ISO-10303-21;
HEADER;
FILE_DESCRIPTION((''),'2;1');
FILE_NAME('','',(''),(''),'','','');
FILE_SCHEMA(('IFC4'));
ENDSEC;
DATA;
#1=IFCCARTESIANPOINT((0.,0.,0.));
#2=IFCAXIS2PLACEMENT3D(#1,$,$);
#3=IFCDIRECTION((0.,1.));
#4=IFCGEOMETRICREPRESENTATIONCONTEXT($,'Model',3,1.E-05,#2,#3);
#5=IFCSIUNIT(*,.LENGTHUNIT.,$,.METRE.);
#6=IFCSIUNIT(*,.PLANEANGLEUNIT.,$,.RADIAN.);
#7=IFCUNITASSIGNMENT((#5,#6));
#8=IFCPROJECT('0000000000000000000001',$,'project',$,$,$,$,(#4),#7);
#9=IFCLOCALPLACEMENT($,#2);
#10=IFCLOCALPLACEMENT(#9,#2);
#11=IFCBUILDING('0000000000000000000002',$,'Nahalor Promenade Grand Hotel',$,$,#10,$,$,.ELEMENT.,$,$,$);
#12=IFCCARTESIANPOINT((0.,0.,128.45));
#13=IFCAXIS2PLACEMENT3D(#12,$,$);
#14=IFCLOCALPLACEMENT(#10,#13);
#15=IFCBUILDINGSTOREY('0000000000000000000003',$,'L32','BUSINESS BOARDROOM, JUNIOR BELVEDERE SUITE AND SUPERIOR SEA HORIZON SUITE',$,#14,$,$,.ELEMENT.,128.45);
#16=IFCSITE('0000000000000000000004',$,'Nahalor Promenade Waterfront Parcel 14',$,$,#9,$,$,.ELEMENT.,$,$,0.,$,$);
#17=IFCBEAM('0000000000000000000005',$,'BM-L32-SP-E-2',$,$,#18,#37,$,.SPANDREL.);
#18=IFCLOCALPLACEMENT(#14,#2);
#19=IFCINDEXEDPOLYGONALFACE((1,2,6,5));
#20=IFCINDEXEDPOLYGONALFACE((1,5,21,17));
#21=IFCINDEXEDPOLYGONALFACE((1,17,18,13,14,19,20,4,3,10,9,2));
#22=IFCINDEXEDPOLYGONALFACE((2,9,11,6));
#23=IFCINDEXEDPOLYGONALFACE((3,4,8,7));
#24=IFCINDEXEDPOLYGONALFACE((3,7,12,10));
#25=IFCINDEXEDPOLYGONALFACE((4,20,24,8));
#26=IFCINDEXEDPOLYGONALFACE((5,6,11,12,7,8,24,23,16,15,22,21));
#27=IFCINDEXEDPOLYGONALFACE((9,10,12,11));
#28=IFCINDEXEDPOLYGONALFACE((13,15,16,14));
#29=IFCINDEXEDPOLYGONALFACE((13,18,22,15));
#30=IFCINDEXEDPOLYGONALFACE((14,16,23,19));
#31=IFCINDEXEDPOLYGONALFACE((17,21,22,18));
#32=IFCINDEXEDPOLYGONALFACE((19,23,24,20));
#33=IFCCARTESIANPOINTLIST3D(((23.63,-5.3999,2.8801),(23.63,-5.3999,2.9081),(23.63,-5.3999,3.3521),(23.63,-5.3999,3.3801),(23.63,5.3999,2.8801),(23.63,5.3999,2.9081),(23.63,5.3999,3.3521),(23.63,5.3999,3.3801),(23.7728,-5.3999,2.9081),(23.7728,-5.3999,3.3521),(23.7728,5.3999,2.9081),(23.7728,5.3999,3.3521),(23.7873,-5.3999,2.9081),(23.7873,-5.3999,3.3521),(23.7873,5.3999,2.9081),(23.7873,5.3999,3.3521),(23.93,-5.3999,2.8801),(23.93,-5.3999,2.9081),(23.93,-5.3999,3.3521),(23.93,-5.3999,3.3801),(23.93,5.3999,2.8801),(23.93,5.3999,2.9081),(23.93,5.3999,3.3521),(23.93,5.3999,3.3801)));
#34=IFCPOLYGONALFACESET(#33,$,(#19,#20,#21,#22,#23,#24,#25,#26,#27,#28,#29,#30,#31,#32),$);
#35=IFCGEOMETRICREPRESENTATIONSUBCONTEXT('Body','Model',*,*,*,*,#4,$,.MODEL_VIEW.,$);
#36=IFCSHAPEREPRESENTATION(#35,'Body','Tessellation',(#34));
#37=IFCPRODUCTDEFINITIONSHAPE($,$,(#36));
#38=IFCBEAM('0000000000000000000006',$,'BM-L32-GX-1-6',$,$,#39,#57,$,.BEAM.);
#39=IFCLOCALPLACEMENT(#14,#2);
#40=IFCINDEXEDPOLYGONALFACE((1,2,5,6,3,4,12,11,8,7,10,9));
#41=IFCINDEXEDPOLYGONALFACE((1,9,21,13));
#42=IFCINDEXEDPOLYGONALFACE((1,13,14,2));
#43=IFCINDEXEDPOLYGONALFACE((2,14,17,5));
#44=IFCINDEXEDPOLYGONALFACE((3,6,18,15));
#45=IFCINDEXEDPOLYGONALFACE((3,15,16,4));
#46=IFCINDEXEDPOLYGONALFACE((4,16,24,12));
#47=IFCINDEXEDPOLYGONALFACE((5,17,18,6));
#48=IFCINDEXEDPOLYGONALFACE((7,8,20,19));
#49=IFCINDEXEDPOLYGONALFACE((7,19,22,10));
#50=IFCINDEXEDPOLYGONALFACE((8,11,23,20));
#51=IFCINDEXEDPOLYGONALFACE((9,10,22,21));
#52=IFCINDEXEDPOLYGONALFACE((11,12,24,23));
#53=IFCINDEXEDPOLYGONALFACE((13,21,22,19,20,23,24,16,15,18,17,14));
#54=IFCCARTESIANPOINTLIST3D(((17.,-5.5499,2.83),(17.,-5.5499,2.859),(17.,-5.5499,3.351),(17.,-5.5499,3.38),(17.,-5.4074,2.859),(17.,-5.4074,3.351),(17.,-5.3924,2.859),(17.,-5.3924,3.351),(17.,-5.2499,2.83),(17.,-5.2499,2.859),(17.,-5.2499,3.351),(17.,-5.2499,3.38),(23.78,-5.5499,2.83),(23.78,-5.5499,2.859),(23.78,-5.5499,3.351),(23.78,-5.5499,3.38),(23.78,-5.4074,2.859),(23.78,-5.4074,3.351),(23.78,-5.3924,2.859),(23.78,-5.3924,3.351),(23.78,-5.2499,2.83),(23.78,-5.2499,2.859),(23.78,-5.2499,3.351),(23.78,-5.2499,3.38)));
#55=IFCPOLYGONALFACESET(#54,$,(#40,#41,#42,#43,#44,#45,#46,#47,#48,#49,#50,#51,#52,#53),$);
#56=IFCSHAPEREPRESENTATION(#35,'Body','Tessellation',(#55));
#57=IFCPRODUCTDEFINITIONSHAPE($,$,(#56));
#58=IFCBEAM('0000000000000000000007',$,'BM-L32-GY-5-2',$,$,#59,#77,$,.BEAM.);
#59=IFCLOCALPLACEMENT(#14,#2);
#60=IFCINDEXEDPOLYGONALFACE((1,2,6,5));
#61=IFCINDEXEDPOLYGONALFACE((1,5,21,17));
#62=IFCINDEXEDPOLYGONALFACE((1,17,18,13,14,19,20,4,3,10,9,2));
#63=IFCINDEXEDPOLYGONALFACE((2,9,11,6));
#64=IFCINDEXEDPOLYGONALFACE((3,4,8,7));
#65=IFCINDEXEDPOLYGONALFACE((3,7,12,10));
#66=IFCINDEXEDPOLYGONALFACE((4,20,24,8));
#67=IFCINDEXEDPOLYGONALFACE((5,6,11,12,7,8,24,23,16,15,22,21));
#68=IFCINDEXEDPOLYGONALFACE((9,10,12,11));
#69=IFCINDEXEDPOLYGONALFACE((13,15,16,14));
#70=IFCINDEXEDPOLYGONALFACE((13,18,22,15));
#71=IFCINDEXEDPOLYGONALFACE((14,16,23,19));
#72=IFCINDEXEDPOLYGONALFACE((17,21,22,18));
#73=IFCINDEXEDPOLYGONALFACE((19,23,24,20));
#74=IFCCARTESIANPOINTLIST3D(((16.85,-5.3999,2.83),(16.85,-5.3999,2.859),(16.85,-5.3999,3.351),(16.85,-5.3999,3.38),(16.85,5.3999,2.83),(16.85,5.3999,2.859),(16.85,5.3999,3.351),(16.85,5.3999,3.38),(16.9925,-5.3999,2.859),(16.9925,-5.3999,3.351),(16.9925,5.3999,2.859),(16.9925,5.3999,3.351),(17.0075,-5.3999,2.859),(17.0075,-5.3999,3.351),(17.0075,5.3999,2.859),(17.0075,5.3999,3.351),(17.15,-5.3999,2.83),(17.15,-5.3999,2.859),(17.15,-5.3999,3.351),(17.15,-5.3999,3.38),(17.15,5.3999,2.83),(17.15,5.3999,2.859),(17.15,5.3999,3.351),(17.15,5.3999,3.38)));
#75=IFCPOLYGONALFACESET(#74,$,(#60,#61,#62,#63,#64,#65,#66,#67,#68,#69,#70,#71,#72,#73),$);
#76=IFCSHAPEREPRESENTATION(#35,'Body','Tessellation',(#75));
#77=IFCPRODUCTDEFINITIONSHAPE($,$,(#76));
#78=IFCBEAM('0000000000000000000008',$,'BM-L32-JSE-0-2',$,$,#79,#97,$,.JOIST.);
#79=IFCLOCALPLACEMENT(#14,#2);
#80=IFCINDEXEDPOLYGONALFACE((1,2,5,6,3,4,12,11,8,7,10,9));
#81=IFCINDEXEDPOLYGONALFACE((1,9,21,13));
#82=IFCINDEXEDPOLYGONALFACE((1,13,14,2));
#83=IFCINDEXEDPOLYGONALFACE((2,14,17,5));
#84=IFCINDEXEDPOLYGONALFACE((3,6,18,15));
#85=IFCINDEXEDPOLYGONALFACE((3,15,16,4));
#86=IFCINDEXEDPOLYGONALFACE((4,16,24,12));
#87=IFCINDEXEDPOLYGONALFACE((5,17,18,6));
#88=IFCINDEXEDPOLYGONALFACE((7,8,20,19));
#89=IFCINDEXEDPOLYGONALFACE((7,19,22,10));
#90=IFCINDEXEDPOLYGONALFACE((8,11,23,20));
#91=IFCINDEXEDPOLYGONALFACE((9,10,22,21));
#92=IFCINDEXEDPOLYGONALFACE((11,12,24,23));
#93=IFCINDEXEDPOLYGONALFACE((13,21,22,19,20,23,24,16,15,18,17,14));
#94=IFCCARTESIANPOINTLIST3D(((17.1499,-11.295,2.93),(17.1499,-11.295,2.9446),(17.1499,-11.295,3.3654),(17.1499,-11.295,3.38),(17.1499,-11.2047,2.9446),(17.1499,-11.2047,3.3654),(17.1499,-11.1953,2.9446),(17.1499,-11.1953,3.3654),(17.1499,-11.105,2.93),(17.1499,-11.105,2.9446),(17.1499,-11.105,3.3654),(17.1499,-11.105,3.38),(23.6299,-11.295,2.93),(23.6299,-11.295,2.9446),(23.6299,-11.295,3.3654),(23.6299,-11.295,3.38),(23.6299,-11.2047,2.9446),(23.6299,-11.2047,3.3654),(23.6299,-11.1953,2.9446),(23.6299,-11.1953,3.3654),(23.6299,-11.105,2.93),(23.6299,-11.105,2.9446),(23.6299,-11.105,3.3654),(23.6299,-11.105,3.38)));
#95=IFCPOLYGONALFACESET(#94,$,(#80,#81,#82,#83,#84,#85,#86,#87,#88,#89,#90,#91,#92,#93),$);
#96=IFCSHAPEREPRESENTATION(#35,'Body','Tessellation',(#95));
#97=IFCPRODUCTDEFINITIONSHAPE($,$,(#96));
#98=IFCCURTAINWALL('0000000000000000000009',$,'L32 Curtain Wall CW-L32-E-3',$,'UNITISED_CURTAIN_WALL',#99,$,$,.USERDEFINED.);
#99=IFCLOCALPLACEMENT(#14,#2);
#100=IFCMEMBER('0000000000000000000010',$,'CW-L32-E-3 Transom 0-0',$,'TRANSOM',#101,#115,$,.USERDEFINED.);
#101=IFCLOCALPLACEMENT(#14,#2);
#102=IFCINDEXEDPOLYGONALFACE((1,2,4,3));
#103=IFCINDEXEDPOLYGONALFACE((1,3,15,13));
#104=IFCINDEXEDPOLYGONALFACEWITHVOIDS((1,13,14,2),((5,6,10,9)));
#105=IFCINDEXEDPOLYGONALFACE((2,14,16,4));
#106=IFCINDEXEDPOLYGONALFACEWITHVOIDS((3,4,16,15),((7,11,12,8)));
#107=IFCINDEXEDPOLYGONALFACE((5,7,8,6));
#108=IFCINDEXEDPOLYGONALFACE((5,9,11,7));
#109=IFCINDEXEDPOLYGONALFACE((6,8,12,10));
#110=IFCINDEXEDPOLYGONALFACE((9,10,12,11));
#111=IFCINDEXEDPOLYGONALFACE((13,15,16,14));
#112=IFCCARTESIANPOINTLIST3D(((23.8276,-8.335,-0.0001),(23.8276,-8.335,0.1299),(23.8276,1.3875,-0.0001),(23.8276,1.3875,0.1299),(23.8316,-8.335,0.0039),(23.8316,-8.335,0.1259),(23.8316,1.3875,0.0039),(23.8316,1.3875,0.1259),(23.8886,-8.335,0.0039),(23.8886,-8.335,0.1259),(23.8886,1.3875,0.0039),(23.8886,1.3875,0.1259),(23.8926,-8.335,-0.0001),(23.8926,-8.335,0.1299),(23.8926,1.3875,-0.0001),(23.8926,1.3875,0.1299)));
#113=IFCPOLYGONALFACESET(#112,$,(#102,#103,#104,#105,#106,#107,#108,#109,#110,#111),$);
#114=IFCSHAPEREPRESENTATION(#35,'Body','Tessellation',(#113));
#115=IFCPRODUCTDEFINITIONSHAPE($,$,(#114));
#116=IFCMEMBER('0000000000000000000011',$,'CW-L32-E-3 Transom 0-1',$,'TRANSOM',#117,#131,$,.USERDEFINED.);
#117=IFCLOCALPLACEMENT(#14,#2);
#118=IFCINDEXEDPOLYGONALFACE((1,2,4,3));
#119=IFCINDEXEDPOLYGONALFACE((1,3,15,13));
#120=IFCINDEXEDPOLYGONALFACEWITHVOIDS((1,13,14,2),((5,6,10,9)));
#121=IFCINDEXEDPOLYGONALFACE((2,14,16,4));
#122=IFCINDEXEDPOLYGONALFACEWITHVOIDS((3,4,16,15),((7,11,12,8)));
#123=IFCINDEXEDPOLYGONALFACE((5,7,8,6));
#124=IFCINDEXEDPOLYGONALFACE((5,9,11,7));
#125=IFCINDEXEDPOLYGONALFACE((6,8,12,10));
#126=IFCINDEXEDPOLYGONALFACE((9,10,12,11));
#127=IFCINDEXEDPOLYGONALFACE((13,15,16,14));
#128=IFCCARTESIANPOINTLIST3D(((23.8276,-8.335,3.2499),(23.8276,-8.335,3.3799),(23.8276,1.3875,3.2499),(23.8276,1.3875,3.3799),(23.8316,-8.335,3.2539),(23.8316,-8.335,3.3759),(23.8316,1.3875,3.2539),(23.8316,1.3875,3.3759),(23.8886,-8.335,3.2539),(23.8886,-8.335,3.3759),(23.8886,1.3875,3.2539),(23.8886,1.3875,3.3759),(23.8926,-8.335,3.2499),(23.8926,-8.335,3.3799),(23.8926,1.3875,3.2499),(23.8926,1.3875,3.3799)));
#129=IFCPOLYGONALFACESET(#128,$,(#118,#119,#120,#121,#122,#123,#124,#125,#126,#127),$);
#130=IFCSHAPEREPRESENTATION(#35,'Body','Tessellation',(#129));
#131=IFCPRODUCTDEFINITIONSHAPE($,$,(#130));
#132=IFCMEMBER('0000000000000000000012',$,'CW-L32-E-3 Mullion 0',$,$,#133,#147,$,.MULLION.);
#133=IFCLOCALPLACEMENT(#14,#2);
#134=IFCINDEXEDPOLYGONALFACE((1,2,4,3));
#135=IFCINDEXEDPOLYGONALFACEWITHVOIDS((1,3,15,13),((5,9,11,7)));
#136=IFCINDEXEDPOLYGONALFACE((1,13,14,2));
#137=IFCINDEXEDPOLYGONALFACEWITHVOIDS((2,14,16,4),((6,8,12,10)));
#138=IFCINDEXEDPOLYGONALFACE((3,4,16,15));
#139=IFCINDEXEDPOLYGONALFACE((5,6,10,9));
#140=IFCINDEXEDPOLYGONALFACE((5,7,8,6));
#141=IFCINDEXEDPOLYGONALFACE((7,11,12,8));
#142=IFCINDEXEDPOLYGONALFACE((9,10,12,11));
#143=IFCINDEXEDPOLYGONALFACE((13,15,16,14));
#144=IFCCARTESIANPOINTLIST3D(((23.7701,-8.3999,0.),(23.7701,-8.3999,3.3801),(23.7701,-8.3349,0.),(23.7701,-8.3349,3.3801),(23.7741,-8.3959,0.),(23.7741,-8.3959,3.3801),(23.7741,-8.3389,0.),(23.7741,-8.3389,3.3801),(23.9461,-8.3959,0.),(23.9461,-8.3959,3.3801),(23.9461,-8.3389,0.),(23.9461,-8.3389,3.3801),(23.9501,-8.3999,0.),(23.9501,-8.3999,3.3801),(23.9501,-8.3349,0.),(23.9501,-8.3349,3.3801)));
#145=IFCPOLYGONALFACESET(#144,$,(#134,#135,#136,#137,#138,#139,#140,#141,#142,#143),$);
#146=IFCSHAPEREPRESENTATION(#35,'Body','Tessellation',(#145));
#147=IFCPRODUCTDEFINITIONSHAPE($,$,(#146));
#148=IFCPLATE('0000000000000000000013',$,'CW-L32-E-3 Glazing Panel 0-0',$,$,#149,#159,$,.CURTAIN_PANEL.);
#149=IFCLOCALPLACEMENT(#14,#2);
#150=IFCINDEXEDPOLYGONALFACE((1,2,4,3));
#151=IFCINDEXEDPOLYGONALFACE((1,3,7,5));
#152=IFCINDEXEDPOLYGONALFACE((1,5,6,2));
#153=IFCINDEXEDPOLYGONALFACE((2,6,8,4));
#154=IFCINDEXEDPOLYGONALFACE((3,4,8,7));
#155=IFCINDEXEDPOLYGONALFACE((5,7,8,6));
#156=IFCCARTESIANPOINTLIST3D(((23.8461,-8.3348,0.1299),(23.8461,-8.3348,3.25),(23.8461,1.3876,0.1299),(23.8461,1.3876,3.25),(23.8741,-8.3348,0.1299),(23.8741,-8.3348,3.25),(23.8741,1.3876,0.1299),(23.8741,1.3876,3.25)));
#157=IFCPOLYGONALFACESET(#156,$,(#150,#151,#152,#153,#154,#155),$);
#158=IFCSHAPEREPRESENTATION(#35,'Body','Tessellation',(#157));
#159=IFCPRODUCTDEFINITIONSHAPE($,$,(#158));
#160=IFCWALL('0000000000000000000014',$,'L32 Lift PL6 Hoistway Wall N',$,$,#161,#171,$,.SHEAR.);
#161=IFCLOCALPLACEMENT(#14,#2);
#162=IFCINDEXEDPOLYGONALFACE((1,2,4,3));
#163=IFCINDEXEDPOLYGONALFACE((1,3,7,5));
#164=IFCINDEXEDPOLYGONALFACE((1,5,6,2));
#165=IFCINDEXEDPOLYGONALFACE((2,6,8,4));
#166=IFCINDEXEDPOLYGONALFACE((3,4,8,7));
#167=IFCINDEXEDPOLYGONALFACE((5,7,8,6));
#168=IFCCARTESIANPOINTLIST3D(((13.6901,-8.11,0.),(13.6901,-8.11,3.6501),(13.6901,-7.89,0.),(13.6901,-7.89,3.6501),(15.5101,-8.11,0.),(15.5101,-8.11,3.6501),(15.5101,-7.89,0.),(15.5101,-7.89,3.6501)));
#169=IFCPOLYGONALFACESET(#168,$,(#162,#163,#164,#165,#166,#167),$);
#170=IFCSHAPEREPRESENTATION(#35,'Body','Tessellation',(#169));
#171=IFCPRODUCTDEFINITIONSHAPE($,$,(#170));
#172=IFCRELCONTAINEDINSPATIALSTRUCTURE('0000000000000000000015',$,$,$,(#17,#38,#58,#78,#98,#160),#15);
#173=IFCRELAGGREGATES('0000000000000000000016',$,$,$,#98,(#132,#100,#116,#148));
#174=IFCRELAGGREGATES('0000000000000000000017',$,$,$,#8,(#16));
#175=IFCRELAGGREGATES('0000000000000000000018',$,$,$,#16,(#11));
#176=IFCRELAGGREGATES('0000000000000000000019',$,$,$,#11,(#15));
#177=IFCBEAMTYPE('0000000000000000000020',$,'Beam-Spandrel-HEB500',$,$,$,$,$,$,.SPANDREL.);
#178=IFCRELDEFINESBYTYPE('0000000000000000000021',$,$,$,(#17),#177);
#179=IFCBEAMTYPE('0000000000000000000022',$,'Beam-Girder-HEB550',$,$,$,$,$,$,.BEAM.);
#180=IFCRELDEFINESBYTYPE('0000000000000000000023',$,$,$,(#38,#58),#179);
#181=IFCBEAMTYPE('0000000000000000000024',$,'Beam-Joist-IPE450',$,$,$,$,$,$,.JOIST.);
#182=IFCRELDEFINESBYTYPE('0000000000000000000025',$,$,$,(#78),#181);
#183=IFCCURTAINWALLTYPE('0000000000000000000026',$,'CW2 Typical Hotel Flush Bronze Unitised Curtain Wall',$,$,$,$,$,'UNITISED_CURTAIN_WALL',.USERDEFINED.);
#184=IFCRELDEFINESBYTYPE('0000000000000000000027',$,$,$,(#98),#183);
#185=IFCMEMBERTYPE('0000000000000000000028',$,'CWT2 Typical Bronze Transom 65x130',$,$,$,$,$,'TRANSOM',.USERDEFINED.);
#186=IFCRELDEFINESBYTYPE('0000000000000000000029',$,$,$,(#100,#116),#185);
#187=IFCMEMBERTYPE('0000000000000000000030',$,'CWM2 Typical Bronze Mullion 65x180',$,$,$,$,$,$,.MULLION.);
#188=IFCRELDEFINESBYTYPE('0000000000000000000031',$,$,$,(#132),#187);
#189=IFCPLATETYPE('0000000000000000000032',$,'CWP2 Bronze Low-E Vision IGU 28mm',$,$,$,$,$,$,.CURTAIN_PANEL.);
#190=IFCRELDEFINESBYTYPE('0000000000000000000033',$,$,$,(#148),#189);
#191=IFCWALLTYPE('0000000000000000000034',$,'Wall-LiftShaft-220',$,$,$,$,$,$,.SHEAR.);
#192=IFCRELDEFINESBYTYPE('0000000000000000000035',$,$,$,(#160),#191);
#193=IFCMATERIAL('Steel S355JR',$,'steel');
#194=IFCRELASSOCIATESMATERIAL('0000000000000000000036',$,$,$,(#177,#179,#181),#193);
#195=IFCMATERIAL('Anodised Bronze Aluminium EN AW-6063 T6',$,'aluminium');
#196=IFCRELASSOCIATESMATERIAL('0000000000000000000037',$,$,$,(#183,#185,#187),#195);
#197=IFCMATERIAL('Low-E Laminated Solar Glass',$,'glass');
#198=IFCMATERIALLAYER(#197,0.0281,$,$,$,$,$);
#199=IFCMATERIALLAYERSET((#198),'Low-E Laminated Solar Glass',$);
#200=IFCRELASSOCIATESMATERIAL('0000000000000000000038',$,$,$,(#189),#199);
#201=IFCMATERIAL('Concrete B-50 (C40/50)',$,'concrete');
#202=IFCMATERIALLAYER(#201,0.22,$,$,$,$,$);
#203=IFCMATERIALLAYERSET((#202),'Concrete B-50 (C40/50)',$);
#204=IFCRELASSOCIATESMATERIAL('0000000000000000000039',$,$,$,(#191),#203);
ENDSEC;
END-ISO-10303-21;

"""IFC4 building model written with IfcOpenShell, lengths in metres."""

from ifc_helpers import new_model, si_unit, direction, frame, frame_2d, origin, origin_2d, place, context, subcontext, project, spatial, rectangle, hollow_rectangle, i_section, extrude, source, transform, mapped, material, layer, layer_set, material_profile, profile_set, type_object, element, aggregate, save


model = new_model("IFC4")

# Units and contexts
model_context = context("Model", 3, precision=1e-05, world=origin(), true_north=direction((0.0, 1.0)))
body_context = subcontext(model_context, "Body", "Model", "MODEL_VIEW")
ifc_project = project(units=[si_unit("LENGTHUNIT", "METRE"), si_unit("PLANEANGLEUNIT", "RADIAN")], contexts=[model_context])

# Site, building, storey
site_placement = place(None, origin())
site = spatial("IfcSite", under=ifc_project, at=site_placement, Name="Nahalor Promenade Waterfront Parcel 14", CompositionType="ELEMENT", RefElevation=0.0)
building_placement = place(site_placement, origin())
building = spatial("IfcBuilding", under=site, at=building_placement, Name="Nahalor Promenade Grand Hotel", CompositionType="ELEMENT")
storey_placement = place(building_placement, frame((0.0, 0.0, 128.45)))
storey = spatial("IfcBuildingStorey", under=building, at=storey_placement, Name="L32", Description="BUSINESS BOARDROOM, JUNIOR BELVEDERE SUITE AND SUPERIOR SEA HORIZON SUITE", CompositionType="ELEMENT", Elevation=128.45)

# Beams
ifc_material_1 = material(Name="Steel S355JR", Category="steel")
ifc_material_profile_1 = material_profile(ifc_material_1, i_section(OverallWidth=0.3, OverallDepth=0.5, WebThickness=0.0145, FlangeThickness=0.028, at=origin_2d()), Name="HEB 500")
ifc_profile_set_1 = profile_set([ifc_material_profile_1], Name="Steel S355JR")
beam_type_1 = type_object("IfcBeamType", Name="Beam-Spandrel-HEB500", PredefinedType="SPANDREL", material=ifc_profile_set_1)
shared_shape_1 = source(origin(), body_context, "Body", "SweptSolid", [
    extrude(i_section(OverallWidth=0.3, OverallDepth=0.5, WebThickness=0.0145, FlangeThickness=0.028, at=origin_2d()), origin(), (0.0, 0.0, 1.0), 10.7998),
])
beam_1_placement = place(storey_placement, frame((23.78, -5.3999, 3.1301), z_axis=(0.0, 1.0, 0.0), x_axis=(-1.0, 0.0, 0.0)))
element("IfcBeam", 1, at=beam_1_placement, inside=storey, type_object=beam_type_1, Name="BM-L32-SP-E-2", PredefinedType="SPANDREL", context=body_context, shape_type="MappedRepresentation", body=[
    mapped(shared_shape_1, transform((0.0, 0.0, 0.0), scale=1.0)),
])
ifc_material_profile_2 = material_profile(ifc_material_1, i_section(OverallWidth=0.3, OverallDepth=0.55, WebThickness=0.015, FlangeThickness=0.029, at=origin_2d()), Name="HEB 550")
ifc_profile_set_2 = profile_set([ifc_material_profile_2], Name="Steel S355JR")
beam_type_2 = type_object("IfcBeamType", Name="Beam-Girder-HEB550", PredefinedType="BEAM", material=ifc_profile_set_2)
shared_shape_2 = source(origin(), body_context, "Body", "SweptSolid", [
    extrude(i_section(OverallWidth=0.3, OverallDepth=0.55, WebThickness=0.015, FlangeThickness=0.029, at=origin_2d()), origin(), (0.0, 0.0, 1.0), 6.78),
])
beam_2_placement = place(storey_placement, frame((17.0, -5.3999, 3.105), z_axis=(1.0, 0.0, 0.0), x_axis=(0.0, 1.0, 0.0)))
element("IfcBeam", 2, at=beam_2_placement, inside=storey, type_object=beam_type_2, Name="BM-L32-GX-1-6", PredefinedType="BEAM", context=body_context, shape_type="MappedRepresentation", body=[
    mapped(shared_shape_2, transform((0.0, 0.0, 0.0), scale=1.0)),
])
shared_shape_3 = source(origin(), body_context, "Body", "SweptSolid", [
    extrude(i_section(OverallWidth=0.3, OverallDepth=0.55, WebThickness=0.015, FlangeThickness=0.029, at=origin_2d()), origin(), (0.0, 0.0, 1.0), 10.7998),
])
beam_3_placement = place(storey_placement, frame((17.0, -5.3999, 3.105), z_axis=(0.0, 1.0, 0.0), x_axis=(-1.0, 0.0, 0.0)))
element("IfcBeam", 3, at=beam_3_placement, inside=storey, type_object=beam_type_2, Name="BM-L32-GY-5-2", PredefinedType="BEAM", context=body_context, shape_type="MappedRepresentation", body=[
    mapped(shared_shape_3, transform((0.0, 0.0, 0.0), scale=1.0)),
])
ifc_material_profile_3 = material_profile(ifc_material_1, i_section(OverallWidth=0.19, OverallDepth=0.45, WebThickness=0.0094, FlangeThickness=0.0146, at=origin_2d()), Name="IPE 450")
ifc_profile_set_3 = profile_set([ifc_material_profile_3], Name="Steel S355JR")
beam_type_3 = type_object("IfcBeamType", Name="Beam-Joist-IPE450", PredefinedType="JOIST", material=ifc_profile_set_3)
shared_shape_4 = source(origin(), body_context, "Body", "SweptSolid", [
    extrude(i_section(OverallWidth=0.19, OverallDepth=0.45, WebThickness=0.0094, FlangeThickness=0.0146, at=origin_2d()), origin(), (0.0, 0.0, 1.0), 6.48),
])
beam_4_placement = place(storey_placement, frame((17.1499, -11.2, 3.155), z_axis=(1.0, 0.0, 0.0), x_axis=(0.0, 1.0, 0.0)))
element("IfcBeam", 4, at=beam_4_placement, inside=storey, type_object=beam_type_3, Name="BM-L32-JSE-0-2", PredefinedType="JOIST", context=body_context, shape_type="MappedRepresentation", body=[
    mapped(shared_shape_4, transform((0.0, 0.0, 0.0), scale=1.0)),
])

# Curtain wall, members, plate
ifc_material_2 = material(Name="Anodised Bronze Aluminium EN AW-6063 T6", Category="aluminium")
curtain_wall_type = type_object("IfcCurtainWallType", Name="CW2 Typical Hotel Flush Bronze Unitised Curtain Wall", ElementType="UNITISED_CURTAIN_WALL", PredefinedType="USERDEFINED", material=ifc_material_2)
curtain_wall_placement = place(storey_placement, origin())
curtain_wall = element("IfcCurtainWall", 5, at=curtain_wall_placement, inside=storey, type_object=curtain_wall_type, Name="L32 Curtain Wall CW-L32-E-3", ObjectType="UNITISED_CURTAIN_WALL", PredefinedType="USERDEFINED")
ifc_material_profile_4 = material_profile(ifc_material_2, hollow_rectangle(XDim=0.065, YDim=0.13, WallThickness=0.004, at=origin_2d()), Name="CWT 65x130x4")
ifc_profile_set_4 = profile_set([ifc_material_profile_4], Name="Anodised Bronze Aluminium EN AW-6063 T6")
member_type_1 = type_object("IfcMemberType", Name="CWT2 Typical Bronze Transom 65x130", ElementType="TRANSOM", PredefinedType="USERDEFINED", material=ifc_profile_set_4)
shared_shape_5 = source(origin(), body_context, "Body", "SweptSolid", [
    extrude(hollow_rectangle(XDim=0.065, YDim=0.13, WallThickness=0.004, at=origin_2d()), origin(), (0.0, 0.0, 1.0), 9.7224),
])
member_1_placement = place(storey_placement, frame((23.8601, -8.335, 0.0649), z_axis=(0.0, 1.0, 0.0), x_axis=(-1.0, 0.0, 0.0)))
member_1 = element("IfcMember", 6, at=member_1_placement, type_object=member_type_1, Name="CW-L32-E-3 Transom 0-0", ObjectType="TRANSOM", PredefinedType="USERDEFINED", context=body_context, shape_type="MappedRepresentation", body=[
    mapped(shared_shape_5, transform((0.0, 0.0, 0.0), scale=1.0)),
])
member_2_placement = place(storey_placement, frame((23.8601, -8.335, 3.3149), z_axis=(0.0, 1.0, 0.0), x_axis=(-1.0, 0.0, 0.0)))
member_2 = element("IfcMember", 7, at=member_2_placement, type_object=member_type_1, Name="CW-L32-E-3 Transom 0-1", ObjectType="TRANSOM", PredefinedType="USERDEFINED", context=body_context, shape_type="MappedRepresentation", body=[
    mapped(shared_shape_5, transform((0.0, 0.0, 0.0), scale=1.0)),
])
ifc_material_profile_5 = material_profile(ifc_material_2, hollow_rectangle(XDim=0.065, YDim=0.18, WallThickness=0.004, at=origin_2d()), Name="CWM 65x180x4")
ifc_profile_set_5 = profile_set([ifc_material_profile_5], Name="Anodised Bronze Aluminium EN AW-6063 T6")
member_type_2 = type_object("IfcMemberType", Name="CWM2 Typical Bronze Mullion 65x180", PredefinedType="MULLION", material=ifc_profile_set_5)
shared_shape_6 = source(origin(), body_context, "Body", "SweptSolid", [
    extrude(hollow_rectangle(XDim=0.065, YDim=0.18, WallThickness=0.004, at=origin_2d()), origin(), (0.0, 0.0, 1.0), 3.3801),
])
member_3_placement = place(storey_placement, frame((23.8601, -8.3674, 0.0), z_axis=(0.0, 0.0, 1.0), x_axis=(0.0, 1.0, 0.0)))
member_3 = element("IfcMember", 8, at=member_3_placement, type_object=member_type_2, Name="CW-L32-E-3 Mullion 0", PredefinedType="MULLION", context=body_context, shape_type="MappedRepresentation", body=[
    mapped(shared_shape_6, transform((0.0, 0.0, 0.0), scale=1.0)),
])
ifc_material_3 = material(Name="Low-E Laminated Solar Glass", Category="glass")
ifc_layer_1 = layer(ifc_material_3, 0.0281)
ifc_layer_set_1 = layer_set([ifc_layer_1], Name="Low-E Laminated Solar Glass")
plate_type = type_object("IfcPlateType", Name="CWP2 Bronze Low-E Vision IGU 28mm", PredefinedType="CURTAIN_PANEL", material=ifc_layer_set_1)
shared_shape_7 = source(origin(), body_context, "Body", "SweptSolid", [
    extrude(rectangle(XDim=9.7224, YDim=0.0281, at=origin_2d()), origin(), (0.0, 0.0, 1.0), 3.1201),
])
plate_placement = place(storey_placement, frame((23.8601, -3.4736, 0.1299), z_axis=(0.0, 0.0, 1.0), x_axis=(0.0, 1.0, 0.0)))
plate = element("IfcPlate", 9, at=plate_placement, type_object=plate_type, Name="CW-L32-E-3 Glazing Panel 0-0", PredefinedType="CURTAIN_PANEL", context=body_context, shape_type="MappedRepresentation", body=[
    mapped(shared_shape_7, transform((0.0, 0.0, 0.0), scale=1.0)),
])
aggregate(curtain_wall, [member_3, member_1, member_2, plate])

# Wall
ifc_material_4 = material(Name="Concrete B-50 (C40/50)", Category="concrete")
ifc_layer_2 = layer(ifc_material_4, 0.22)
ifc_layer_set_2 = layer_set([ifc_layer_2], Name="Concrete B-50 (C40/50)")
wall_type_1 = type_object("IfcWallType", Name="Wall-LiftShaft-220", PredefinedType="SHEAR", material=ifc_layer_set_2)
shared_shape_8 = source(origin(), body_context, "Body", "SweptSolid", [
    extrude(rectangle(XDim=1.8201, YDim=0.22, at=frame_2d((0.9102, 0.0))), origin(), (0.0, 0.0, 1.0), 3.6501),
])
wall_1_placement = place(storey_placement, frame((13.6899, -8.0, 0.0), z_axis=(0.0, 0.0, 1.0), x_axis=(1.0, 0.0, 0.0)))
element("IfcWall", 10, at=wall_1_placement, inside=storey, type_object=wall_type_1, Name="L32 Lift PL6 Hoistway Wall N", PredefinedType="SHEAR", context=body_context, shape_type="MappedRepresentation", body=[
    mapped(shared_shape_8, transform((0.0, 0.0, 0.0), scale=1.0)),
])

save(model, "model.ifc")
